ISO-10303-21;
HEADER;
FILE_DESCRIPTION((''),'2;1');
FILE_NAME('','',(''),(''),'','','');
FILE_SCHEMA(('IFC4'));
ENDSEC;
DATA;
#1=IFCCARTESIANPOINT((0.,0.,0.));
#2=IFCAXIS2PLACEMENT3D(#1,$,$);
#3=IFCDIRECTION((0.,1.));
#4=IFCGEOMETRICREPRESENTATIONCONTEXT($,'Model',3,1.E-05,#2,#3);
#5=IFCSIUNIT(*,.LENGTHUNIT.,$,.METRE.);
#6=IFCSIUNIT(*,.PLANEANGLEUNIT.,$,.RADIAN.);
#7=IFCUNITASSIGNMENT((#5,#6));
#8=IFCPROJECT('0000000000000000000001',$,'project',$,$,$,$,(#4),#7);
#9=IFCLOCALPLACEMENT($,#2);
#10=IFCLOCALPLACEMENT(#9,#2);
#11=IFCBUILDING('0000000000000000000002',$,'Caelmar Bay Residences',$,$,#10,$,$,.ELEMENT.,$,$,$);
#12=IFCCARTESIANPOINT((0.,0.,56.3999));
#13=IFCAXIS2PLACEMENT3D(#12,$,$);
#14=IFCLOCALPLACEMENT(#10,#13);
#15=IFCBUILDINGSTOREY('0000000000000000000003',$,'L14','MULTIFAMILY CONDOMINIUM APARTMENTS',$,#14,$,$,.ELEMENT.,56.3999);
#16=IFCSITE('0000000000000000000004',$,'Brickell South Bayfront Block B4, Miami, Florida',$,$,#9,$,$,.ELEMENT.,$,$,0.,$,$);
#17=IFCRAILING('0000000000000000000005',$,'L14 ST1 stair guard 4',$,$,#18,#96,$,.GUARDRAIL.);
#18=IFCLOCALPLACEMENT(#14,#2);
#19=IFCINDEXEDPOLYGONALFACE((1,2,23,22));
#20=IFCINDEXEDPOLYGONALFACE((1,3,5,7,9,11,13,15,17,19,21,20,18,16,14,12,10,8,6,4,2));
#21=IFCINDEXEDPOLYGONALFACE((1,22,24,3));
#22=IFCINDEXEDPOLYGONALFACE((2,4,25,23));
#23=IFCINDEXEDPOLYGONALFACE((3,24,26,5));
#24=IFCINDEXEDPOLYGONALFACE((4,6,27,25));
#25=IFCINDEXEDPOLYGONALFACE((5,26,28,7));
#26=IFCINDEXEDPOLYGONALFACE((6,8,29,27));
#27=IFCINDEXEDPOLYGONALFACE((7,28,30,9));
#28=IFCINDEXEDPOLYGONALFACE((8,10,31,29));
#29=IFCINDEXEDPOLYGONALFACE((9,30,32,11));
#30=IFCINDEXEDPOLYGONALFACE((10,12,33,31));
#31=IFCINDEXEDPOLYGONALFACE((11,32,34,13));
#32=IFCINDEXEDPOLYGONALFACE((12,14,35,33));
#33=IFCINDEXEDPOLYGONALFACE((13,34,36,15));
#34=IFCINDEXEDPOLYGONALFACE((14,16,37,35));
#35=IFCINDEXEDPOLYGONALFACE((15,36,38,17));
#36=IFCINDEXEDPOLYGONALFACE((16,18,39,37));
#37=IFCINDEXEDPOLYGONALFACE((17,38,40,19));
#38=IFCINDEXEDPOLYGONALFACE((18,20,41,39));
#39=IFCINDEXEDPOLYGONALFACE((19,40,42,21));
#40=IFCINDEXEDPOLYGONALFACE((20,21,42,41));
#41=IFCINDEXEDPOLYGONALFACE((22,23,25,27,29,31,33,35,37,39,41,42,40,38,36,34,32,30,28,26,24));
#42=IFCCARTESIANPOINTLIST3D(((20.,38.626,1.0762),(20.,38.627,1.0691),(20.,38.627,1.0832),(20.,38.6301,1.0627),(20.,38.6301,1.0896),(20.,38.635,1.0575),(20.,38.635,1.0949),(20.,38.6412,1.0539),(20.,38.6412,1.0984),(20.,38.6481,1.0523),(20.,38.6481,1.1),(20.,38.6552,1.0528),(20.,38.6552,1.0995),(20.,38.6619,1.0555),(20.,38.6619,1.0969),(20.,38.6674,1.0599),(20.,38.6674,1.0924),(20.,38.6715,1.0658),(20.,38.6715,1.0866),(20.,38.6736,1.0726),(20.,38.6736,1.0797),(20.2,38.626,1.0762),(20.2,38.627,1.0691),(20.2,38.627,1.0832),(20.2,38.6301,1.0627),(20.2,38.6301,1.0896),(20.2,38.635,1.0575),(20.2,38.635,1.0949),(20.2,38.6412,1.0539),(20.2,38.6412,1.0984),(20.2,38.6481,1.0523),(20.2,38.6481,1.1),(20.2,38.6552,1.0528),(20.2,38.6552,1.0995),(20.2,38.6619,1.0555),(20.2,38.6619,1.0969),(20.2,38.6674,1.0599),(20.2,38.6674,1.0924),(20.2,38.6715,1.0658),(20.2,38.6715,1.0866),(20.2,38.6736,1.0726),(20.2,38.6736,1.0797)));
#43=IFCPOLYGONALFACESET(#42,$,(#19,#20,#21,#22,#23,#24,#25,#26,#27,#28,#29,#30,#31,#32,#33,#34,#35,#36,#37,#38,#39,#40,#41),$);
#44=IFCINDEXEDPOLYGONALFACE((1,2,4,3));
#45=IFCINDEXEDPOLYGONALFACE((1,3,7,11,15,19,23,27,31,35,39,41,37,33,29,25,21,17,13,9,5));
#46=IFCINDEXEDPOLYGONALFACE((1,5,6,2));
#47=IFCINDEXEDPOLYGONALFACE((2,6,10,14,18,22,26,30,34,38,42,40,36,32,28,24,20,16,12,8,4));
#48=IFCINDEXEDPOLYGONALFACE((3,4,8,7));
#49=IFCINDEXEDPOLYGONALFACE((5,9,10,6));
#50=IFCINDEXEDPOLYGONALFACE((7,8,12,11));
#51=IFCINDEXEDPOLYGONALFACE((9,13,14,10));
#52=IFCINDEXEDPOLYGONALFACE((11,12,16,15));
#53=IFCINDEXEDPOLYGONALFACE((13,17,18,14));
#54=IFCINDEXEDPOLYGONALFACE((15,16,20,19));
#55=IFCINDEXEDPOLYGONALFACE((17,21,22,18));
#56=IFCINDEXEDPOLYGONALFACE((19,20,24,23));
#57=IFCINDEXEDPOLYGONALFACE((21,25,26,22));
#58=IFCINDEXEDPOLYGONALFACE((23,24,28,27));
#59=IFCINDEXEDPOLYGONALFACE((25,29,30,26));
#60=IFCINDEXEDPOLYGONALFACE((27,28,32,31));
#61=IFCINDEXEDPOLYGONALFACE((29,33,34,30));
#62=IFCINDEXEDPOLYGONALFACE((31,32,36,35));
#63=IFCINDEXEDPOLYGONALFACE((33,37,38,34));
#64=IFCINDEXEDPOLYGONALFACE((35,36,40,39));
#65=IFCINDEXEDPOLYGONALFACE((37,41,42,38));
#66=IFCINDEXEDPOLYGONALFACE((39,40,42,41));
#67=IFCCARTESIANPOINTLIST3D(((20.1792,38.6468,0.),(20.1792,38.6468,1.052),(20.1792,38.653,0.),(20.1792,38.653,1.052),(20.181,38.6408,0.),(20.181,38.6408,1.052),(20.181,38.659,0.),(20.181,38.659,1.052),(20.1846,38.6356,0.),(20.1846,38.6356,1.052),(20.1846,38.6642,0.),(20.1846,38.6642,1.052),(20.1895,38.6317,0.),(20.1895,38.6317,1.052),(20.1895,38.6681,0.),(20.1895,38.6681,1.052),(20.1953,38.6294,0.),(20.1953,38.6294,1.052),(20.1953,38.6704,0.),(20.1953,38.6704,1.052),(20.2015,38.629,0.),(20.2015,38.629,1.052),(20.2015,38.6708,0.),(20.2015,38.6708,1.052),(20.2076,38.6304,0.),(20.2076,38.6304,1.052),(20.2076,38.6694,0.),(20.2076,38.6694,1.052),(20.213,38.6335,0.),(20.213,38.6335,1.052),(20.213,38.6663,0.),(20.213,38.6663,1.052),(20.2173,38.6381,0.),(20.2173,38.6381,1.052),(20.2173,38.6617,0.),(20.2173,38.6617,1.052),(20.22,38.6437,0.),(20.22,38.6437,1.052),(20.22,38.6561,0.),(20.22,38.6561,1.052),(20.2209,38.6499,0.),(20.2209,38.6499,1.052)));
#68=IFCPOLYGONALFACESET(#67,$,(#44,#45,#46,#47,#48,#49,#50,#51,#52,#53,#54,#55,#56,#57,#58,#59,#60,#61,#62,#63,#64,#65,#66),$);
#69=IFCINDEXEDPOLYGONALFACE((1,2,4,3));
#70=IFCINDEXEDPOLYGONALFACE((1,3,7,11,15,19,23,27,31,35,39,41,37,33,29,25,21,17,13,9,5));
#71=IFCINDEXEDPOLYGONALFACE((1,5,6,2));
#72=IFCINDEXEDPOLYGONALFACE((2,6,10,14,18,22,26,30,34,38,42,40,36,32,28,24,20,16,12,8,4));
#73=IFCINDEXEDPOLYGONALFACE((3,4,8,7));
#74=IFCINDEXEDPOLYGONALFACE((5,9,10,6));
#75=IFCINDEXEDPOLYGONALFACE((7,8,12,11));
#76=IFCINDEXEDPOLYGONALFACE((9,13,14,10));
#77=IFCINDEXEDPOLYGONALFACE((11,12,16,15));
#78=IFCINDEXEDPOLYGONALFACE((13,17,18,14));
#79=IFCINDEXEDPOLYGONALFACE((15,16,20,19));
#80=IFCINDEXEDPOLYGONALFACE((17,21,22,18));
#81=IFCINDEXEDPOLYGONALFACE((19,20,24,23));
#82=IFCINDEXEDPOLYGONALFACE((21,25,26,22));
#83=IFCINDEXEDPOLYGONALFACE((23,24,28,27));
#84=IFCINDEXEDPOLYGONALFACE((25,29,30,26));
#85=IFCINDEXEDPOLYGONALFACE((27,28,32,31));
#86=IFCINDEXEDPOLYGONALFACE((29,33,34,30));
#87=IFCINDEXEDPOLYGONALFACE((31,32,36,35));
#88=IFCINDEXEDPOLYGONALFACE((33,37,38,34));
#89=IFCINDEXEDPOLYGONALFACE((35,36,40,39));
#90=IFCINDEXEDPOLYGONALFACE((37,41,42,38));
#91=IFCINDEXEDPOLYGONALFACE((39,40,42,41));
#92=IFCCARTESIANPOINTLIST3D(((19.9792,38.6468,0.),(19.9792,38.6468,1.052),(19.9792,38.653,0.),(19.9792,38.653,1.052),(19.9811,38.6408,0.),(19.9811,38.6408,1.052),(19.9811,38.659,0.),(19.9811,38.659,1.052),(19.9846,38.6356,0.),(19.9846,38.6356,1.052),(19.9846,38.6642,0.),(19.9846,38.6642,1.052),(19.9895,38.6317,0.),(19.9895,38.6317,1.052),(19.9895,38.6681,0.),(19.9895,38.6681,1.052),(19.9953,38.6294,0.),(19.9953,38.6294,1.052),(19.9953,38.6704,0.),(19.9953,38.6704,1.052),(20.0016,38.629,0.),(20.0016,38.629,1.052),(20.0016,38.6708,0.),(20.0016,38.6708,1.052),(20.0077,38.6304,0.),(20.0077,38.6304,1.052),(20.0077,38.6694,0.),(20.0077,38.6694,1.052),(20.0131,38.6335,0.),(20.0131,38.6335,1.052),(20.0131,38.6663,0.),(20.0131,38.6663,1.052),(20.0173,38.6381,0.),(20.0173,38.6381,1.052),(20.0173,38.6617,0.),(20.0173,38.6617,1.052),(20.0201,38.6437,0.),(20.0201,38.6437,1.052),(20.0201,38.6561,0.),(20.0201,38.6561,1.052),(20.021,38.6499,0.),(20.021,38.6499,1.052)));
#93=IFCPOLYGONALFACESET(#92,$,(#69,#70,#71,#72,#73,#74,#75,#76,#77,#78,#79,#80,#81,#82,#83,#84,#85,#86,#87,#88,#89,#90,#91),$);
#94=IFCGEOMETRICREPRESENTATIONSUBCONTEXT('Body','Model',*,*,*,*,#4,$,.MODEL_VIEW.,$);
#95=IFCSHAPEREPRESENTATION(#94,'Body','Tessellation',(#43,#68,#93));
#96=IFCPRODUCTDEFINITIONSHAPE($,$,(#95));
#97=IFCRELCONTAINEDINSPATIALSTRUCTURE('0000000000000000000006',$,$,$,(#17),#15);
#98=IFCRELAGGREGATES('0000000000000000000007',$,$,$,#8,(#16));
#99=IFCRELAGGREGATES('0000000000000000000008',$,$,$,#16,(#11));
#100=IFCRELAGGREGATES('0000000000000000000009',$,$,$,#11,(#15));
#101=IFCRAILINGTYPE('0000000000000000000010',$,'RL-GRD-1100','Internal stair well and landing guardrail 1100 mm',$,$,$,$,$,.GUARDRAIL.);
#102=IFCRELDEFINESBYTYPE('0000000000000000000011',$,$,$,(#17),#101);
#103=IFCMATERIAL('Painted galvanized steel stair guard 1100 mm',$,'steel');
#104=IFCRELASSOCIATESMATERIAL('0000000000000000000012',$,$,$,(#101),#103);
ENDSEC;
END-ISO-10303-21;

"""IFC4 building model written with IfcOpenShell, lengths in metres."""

from ifc_helpers import new_model, si_unit, direction, frame, origin, origin_2d, place, context, subcontext, project, spatial, circle, extrude, material, type_object, element, save


model = new_model("IFC4")

# Units and contexts
model_context = context("Model", 3, precision=1e-05, world=origin(), true_north=direction((0.0, 1.0)))
body_context = subcontext(model_context, "Body", "Model", "MODEL_VIEW")
ifc_project = project(units=[si_unit("LENGTHUNIT", "METRE"), si_unit("PLANEANGLEUNIT", "RADIAN")], contexts=[model_context])

# Site, building, storey
site_placement = place(None, origin())
site = spatial("IfcSite", under=ifc_project, at=site_placement, Name="Brickell South Bayfront Block B4, Miami, Florida", CompositionType="ELEMENT", RefElevation=0.0)
building_placement = place(site_placement, origin())
building = spatial("IfcBuilding", under=site, at=building_placement, Name="Caelmar Bay Residences", CompositionType="ELEMENT")
storey_placement = place(building_placement, frame((0.0, 0.0, 56.3999)))
storey = spatial("IfcBuildingStorey", under=building, at=storey_placement, Name="L14", Description="MULTIFAMILY CONDOMINIUM APARTMENTS", CompositionType="ELEMENT", Elevation=56.3999)

# Railing
ifc_material_1 = material(Name="Painted galvanized steel stair guard 1100 mm", Category="steel")
railing_type_1 = type_object("IfcRailingType", Name="RL-GRD-1100", Description="Internal stair well and landing guardrail 1100 mm", PredefinedType="GUARDRAIL", material=ifc_material_1)
railing_1_placement = place(storey_placement, frame((20.2, 38.6499, 0.0)))
element("IfcRailing", 1, at=railing_1_placement, inside=storey, type_object=railing_type_1, Name="L14 ST1 stair guard 4", PredefinedType="GUARDRAIL", context=body_context, shape_type="SweptSolid", body=[
    extrude(circle(Radius=0.0239, at=origin_2d()), frame((0.0, 0.0, 1.0762), z_axis=(-1.0, 0.0, 0.0), x_axis=(0.0, -1.0, 0.0)), (0.0, 0.0, 1.0), 0.2),
    extrude(circle(Radius=0.021, at=origin_2d()), origin(), (0.0, 0.0, 1.0), 1.052),
    extrude(circle(Radius=0.021, at=origin_2d()), frame((-0.2, 0.0, 0.0)), (0.0, 0.0, 1.0), 1.052),
])

save(model, "model.ifc")
